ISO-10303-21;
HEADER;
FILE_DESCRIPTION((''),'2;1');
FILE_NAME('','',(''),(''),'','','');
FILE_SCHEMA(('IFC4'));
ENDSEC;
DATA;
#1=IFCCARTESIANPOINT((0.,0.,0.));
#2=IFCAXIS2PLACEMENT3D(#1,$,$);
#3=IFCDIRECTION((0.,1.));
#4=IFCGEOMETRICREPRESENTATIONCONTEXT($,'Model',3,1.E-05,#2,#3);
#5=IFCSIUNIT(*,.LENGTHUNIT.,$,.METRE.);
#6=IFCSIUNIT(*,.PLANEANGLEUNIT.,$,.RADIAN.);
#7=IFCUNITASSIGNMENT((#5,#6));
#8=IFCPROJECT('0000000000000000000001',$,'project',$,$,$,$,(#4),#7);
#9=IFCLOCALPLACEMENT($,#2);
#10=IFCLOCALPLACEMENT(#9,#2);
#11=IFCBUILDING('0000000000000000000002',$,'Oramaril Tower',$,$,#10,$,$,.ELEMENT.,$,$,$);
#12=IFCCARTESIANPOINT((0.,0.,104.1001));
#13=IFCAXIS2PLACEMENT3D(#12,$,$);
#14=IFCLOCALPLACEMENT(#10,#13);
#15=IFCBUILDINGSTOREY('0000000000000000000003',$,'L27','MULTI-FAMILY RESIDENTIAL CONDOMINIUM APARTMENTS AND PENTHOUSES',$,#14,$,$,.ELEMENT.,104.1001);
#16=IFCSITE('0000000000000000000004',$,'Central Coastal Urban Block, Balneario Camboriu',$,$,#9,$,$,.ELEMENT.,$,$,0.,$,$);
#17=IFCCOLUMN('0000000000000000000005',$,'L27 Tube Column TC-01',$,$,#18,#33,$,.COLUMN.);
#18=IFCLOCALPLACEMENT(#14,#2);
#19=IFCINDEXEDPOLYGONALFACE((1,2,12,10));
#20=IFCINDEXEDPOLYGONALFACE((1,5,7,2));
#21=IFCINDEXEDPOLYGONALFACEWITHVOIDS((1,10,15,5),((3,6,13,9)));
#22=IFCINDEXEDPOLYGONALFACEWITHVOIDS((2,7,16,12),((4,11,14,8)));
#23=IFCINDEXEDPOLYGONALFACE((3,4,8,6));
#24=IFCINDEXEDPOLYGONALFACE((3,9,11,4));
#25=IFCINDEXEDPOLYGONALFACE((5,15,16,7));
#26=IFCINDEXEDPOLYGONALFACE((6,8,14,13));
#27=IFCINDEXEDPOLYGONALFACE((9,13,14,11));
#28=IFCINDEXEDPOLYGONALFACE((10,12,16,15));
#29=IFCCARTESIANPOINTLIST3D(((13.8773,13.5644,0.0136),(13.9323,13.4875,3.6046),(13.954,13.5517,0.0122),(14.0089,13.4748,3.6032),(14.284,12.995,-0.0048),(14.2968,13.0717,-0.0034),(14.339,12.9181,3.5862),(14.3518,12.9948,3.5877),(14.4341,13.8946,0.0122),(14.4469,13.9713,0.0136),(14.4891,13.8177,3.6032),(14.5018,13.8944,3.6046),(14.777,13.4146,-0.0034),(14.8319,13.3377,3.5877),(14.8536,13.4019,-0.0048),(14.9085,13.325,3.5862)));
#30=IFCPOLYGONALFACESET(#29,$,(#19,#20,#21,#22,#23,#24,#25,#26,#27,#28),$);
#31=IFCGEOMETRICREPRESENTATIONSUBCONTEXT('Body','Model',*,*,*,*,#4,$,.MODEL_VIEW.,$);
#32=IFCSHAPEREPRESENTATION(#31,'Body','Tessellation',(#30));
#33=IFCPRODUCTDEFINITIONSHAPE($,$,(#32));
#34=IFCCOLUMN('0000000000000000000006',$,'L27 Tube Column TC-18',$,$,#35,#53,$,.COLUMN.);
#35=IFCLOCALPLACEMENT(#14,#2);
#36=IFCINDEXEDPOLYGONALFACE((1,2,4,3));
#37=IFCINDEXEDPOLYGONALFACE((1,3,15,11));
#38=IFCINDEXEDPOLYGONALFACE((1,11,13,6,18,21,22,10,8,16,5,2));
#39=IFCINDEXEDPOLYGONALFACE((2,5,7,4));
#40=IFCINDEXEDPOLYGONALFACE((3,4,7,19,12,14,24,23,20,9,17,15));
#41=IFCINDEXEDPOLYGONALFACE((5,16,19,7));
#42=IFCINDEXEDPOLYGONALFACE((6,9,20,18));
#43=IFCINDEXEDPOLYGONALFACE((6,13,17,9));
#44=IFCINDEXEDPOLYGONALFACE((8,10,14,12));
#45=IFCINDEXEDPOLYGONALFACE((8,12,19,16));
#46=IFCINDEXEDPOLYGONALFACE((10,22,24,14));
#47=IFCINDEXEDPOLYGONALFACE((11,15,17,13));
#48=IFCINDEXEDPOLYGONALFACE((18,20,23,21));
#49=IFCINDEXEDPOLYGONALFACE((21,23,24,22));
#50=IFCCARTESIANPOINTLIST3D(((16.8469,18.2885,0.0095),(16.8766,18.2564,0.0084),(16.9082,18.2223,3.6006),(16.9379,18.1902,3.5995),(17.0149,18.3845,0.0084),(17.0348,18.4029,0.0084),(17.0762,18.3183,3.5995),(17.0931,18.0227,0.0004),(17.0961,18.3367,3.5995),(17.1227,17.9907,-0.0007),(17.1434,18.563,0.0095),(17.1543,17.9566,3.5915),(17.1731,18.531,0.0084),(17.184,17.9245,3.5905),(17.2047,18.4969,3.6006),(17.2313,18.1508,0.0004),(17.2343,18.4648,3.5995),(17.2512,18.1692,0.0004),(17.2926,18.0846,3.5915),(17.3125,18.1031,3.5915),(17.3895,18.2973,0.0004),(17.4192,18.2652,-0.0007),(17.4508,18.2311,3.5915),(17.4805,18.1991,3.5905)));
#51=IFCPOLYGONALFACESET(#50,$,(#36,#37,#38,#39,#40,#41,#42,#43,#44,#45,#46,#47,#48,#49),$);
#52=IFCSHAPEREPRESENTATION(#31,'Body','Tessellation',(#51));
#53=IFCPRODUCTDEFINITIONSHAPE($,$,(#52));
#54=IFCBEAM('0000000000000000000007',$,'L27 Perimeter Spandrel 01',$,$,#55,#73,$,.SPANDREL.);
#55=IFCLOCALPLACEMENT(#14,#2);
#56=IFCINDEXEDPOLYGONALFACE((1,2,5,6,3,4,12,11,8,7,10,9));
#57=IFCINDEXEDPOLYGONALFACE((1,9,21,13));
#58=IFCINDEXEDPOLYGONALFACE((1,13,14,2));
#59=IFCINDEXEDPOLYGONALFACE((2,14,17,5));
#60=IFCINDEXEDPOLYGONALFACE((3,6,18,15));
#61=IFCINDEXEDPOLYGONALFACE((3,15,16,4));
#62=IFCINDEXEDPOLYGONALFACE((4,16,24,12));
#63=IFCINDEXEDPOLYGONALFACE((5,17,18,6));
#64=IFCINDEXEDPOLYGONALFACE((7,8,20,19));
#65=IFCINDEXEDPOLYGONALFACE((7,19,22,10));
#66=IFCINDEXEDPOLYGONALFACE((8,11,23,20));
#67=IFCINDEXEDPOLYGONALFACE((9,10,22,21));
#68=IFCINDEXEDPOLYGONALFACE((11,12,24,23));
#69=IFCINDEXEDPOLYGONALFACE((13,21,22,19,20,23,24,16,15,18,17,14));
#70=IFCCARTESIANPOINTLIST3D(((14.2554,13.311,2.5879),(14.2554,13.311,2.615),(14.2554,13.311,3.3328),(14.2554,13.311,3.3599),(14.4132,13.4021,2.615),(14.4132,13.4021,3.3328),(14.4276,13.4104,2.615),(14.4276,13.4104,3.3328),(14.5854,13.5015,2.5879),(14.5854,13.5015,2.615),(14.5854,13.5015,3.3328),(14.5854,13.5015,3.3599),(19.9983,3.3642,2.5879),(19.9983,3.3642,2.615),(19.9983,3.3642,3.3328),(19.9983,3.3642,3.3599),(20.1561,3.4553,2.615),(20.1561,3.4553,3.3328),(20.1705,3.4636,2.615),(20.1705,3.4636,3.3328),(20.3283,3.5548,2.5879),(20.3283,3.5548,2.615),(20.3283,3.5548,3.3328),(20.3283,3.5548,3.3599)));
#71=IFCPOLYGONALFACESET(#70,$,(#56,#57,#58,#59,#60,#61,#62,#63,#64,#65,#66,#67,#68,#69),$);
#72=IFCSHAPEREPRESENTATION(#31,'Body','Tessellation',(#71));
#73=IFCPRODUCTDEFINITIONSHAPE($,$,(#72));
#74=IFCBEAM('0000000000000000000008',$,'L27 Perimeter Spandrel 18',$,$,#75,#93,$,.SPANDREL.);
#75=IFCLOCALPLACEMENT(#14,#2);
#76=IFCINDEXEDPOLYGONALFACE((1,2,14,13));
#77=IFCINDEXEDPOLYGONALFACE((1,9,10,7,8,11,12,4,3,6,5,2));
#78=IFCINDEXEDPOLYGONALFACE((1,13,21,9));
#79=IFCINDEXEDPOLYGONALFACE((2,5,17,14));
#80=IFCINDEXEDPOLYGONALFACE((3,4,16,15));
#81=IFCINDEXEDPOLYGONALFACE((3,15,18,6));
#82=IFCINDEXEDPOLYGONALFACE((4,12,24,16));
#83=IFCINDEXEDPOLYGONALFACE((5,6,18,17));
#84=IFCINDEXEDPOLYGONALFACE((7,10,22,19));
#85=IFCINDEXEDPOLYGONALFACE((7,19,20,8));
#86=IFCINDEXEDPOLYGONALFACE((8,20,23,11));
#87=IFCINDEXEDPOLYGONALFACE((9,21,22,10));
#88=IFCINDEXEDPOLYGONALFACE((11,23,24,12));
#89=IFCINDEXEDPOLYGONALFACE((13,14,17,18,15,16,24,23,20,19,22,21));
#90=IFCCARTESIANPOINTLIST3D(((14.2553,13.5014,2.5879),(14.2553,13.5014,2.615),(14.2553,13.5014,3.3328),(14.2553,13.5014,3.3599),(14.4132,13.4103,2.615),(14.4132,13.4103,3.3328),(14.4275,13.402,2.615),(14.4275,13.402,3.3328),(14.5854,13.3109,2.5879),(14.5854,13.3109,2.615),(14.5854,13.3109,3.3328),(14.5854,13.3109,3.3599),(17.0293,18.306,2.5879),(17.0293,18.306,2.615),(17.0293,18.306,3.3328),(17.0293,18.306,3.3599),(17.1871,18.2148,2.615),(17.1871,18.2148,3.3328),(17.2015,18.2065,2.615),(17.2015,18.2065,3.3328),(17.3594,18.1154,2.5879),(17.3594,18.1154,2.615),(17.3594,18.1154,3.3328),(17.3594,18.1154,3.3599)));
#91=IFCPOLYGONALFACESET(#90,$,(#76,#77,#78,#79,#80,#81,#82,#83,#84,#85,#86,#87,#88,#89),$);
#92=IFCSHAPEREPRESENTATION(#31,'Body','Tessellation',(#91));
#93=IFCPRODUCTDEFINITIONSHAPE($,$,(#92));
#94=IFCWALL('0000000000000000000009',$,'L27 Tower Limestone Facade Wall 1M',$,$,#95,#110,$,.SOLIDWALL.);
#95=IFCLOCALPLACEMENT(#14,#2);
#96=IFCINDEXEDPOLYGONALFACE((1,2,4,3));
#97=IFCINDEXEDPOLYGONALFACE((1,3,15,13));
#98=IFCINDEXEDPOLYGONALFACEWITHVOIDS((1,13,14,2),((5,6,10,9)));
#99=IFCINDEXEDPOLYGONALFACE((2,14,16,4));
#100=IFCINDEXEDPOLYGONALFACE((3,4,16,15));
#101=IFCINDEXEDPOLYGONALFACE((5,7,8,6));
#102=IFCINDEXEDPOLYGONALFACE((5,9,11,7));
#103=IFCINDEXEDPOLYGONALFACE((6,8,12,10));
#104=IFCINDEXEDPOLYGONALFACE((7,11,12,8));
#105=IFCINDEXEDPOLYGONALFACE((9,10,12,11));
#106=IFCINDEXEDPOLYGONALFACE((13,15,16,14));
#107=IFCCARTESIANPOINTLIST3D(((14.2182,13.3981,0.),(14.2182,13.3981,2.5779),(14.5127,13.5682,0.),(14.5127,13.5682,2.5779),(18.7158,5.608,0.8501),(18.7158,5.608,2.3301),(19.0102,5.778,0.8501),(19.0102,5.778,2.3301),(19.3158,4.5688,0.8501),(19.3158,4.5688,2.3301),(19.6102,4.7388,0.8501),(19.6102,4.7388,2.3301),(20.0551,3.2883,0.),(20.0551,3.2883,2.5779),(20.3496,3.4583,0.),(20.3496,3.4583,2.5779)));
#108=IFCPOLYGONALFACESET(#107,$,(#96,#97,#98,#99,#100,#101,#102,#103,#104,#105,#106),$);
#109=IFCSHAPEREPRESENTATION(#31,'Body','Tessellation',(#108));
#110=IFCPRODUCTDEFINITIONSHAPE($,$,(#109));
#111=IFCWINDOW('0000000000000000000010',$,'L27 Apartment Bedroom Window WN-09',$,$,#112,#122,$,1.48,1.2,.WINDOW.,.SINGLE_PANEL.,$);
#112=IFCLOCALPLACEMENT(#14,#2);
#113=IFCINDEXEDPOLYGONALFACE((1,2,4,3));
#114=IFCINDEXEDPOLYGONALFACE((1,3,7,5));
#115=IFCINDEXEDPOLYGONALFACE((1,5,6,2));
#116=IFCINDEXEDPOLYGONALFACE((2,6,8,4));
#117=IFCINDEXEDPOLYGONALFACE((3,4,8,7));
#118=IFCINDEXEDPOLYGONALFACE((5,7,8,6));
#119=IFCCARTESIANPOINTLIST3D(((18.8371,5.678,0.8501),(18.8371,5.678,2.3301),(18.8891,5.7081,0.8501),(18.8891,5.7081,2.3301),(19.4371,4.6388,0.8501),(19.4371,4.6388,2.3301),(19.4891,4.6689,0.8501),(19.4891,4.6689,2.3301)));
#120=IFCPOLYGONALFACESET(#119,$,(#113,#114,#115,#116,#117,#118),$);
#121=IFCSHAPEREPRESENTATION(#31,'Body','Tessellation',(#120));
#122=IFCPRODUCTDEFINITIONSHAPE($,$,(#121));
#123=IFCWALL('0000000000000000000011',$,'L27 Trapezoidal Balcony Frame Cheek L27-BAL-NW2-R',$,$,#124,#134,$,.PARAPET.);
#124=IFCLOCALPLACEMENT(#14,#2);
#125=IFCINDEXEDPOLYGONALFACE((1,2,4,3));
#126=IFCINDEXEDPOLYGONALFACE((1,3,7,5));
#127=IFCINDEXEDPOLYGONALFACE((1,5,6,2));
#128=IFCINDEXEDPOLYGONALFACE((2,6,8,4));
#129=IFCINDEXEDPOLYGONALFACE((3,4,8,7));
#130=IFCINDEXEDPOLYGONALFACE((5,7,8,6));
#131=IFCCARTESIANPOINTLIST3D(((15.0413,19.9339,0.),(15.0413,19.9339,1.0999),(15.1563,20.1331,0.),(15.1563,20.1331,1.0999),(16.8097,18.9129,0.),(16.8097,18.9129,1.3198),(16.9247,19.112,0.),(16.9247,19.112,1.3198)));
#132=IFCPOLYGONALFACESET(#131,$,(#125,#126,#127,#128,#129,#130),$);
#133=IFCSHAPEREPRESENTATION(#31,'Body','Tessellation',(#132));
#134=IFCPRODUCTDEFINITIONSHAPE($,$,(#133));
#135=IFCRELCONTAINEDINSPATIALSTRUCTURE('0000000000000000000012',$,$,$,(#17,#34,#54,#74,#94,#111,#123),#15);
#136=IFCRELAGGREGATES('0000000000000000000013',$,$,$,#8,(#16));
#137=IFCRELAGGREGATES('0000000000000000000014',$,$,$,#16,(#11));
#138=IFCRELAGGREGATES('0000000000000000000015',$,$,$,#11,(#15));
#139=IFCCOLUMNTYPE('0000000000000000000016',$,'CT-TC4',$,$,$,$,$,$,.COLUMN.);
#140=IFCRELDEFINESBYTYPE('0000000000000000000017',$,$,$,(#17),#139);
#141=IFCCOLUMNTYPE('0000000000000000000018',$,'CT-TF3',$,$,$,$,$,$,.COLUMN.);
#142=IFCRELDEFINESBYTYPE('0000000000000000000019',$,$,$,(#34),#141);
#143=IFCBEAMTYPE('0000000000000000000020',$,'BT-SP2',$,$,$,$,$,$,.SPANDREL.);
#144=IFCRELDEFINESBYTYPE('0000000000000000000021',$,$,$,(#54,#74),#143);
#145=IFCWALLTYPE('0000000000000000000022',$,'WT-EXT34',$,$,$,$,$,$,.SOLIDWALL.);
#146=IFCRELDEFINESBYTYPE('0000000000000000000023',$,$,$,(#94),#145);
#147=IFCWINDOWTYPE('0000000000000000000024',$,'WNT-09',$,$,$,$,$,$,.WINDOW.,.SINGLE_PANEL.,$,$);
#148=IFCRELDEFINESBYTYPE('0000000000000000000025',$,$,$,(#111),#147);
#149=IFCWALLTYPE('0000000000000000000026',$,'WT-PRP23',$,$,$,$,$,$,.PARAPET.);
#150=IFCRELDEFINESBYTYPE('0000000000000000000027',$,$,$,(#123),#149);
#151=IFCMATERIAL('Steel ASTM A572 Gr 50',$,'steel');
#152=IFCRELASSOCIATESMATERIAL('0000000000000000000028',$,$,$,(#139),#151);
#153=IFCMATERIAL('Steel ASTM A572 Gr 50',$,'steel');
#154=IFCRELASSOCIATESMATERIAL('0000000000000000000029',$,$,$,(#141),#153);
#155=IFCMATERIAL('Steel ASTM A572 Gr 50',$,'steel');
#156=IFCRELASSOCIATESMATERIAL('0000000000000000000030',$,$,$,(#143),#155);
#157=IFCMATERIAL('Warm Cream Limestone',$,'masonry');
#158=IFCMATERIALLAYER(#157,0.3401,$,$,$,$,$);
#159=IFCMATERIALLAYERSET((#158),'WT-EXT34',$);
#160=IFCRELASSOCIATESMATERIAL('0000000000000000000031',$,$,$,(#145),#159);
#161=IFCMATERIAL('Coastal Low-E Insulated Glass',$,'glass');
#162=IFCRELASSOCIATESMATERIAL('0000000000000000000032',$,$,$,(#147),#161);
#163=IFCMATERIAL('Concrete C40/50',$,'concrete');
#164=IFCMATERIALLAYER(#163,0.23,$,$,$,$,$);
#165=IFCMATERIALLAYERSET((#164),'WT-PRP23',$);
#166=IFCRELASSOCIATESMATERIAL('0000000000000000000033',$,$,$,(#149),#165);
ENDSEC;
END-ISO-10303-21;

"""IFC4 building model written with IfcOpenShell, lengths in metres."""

from ifc_helpers import new_model, si_unit, direction, frame, frame_2d, origin, origin_2d, place, context, subcontext, project, spatial, polyline, rectangle, hollow_rectangle, i_section, outline, extrude, material, layer, layer_set, material_profile, profile_set, type_object, element, fill, save


model = new_model("IFC4")

# Units and contexts
model_context = context("Model", 3, precision=1e-05, world=origin(), true_north=direction((0.0, 1.0)))
body_context = subcontext(model_context, "Body", "Model", "MODEL_VIEW")
ifc_project = project(units=[si_unit("LENGTHUNIT", "METRE"), si_unit("PLANEANGLEUNIT", "RADIAN")], contexts=[model_context])

# Site, building, storey
site_placement = place(None, origin())
site = spatial("IfcSite", under=ifc_project, at=site_placement, Name="Central Coastal Urban Block, Balneario Camboriu", CompositionType="ELEMENT", RefElevation=0.0)
building_placement = place(site_placement, origin())
building = spatial("IfcBuilding", under=site, at=building_placement, Name="Oramaril Tower", CompositionType="ELEMENT")
storey_placement = place(building_placement, frame((0.0, 0.0, 104.1001)))
storey = spatial("IfcBuildingStorey", under=building, at=storey_placement, Name="L27", Description="MULTI-FAMILY RESIDENTIAL CONDOMINIUM APARTMENTS AND PENTHOUSES", CompositionType="ELEMENT", Elevation=104.1001)

# Columns
ifc_material_1 = material(Name="Steel ASTM A572 Gr 50", Category="steel")
ifc_material_profile_1 = material_profile(ifc_material_1, hollow_rectangle(XDim=0.7, YDim=0.7, WallThickness=0.0549, at=origin_2d()), Name="BOX700X700X55")
ifc_profile_set_1 = profile_set([ifc_material_profile_1], Name="Steel ASTM A572 Gr 50")
column_type_1 = type_object("IfcColumnType", Name="CT-TC4", PredefinedType="COLUMN", material=ifc_profile_set_1)
column_1_placement = place(storey_placement, frame((14.3655, 13.4832, 0.0044), z_axis=(0.015291, -0.021408, 0.999654), x_axis=(0.813733, 0.581238, 0.0)))
element("IfcColumn", 1, at=column_1_placement, inside=storey, type_object=column_type_1, Name="L27 Tube Column TC-01", PredefinedType="COLUMN", context=body_context, shape_type="SweptSolid", body=[
    extrude(hollow_rectangle(XDim=0.7, YDim=0.7, WallThickness=0.0549, at=origin_2d()), origin(), (0.0, 0.0, 1.0), 3.5923),
])
ifc_material_2 = material(Name="Steel ASTM A572 Gr 50", Category="steel")
ifc_material_profile_2 = material_profile(ifc_material_2, i_section(OverallWidth=0.4041, OverallDepth=0.406, WebThickness=0.0271, FlangeThickness=0.0437, at=origin_2d()), Name="W14X233")
ifc_profile_set_2 = profile_set([ifc_material_profile_2], Name="Steel ASTM A572 Gr 50")
column_type_2 = type_object("IfcColumnType", Name="CT-TF3", PredefinedType="COLUMN", material=ifc_profile_set_2)
column_2_placement = place(storey_placement, frame((17.1331, 18.2769, 0.0044), z_axis=(0.017059, -0.018418, 0.999685), x_axis=(0.733661, 0.679516, 0.0)))
element("IfcColumn", 2, at=column_2_placement, inside=storey, type_object=column_type_2, Name="L27 Tube Column TC-18", PredefinedType="COLUMN", context=body_context, shape_type="SweptSolid", body=[
    extrude(i_section(OverallWidth=0.4041, OverallDepth=0.406, WebThickness=0.0271, FlangeThickness=0.0437, at=origin_2d()), origin(), (0.0, 0.0, 1.0), 3.5923),
])

# Beams
ifc_material_3 = material(Name="Steel ASTM A572 Gr 50", Category="steel")
ifc_material_profile_3 = material_profile(ifc_material_3, i_section(OverallWidth=0.3811, OverallDepth=0.772, WebThickness=0.0166, FlangeThickness=0.0271, at=origin_2d()), Name="W30X173")
ifc_profile_set_3 = profile_set([ifc_material_profile_3], Name="Steel ASTM A572 Gr 50")
beam_type = type_object("IfcBeamType", Name="BT-SP2", PredefinedType="SPANDREL", material=ifc_profile_set_3)
beam_1_placement = place(storey_placement, frame((14.4204, 13.4062, 2.9739), z_axis=(0.500009, -0.86602, 0.0), x_axis=(0.86602, 0.500009, 0.0)))
element("IfcBeam", 3, at=beam_1_placement, inside=storey, type_object=beam_type, Name="L27 Perimeter Spandrel 01", PredefinedType="SPANDREL", context=body_context, shape_type="SweptSolid", body=[
    extrude(i_section(OverallWidth=0.3811, OverallDepth=0.772, WebThickness=0.0166, FlangeThickness=0.0271, at=origin_2d()), origin(), (0.0, 0.0, 1.0), 11.4856),
])
beam_2_placement = place(storey_placement, frame((17.1943, 18.2107, 2.9739), z_axis=(-0.500011, -0.866019, 0.0), x_axis=(0.866019, -0.500011, 0.0)))
element("IfcBeam", 4, at=beam_2_placement, inside=storey, type_object=beam_type, Name="L27 Perimeter Spandrel 18", PredefinedType="SPANDREL", context=body_context, shape_type="SweptSolid", body=[
    extrude(i_section(OverallWidth=0.3811, OverallDepth=0.772, WebThickness=0.0166, FlangeThickness=0.0271, at=origin_2d()), origin(), (0.0, 0.0, 1.0), 5.5479),
])

# Wall, opening, window
ifc_material_4 = material(Name="Warm Cream Limestone", Category="masonry")
ifc_layer_1 = layer(ifc_material_4, 0.3401)
ifc_layer_set_1 = layer_set([ifc_layer_1], Name="WT-EXT34")
wall_type_1 = type_object("IfcWallType", Name="WT-EXT34", PredefinedType="SOLIDWALL", material=ifc_layer_set_1)
wall_1_placement = place(storey_placement, frame((14.3655, 13.4832, 0.0), z_axis=(0.0, 0.0, 1.0), x_axis=(0.499999, -0.866026, 0.0)))
wall_1 = element("IfcWall", 5, at=wall_1_placement, inside=storey, type_object=wall_type_1, Name="L27 Tower Limestone Facade Wall 1M", PredefinedType="SOLIDWALL", context=body_context, shape_type="SweptSolid", body=[
    extrude(rectangle(XDim=11.6738, YDim=0.3401, at=frame_2d((5.8369, 0.0))), origin(), (0.0, 0.0, 1.0), 2.5779),
])
opening_1_placement = place(wall_1_placement, frame((8.9951, 0.0, 0.8501)))
opening_1 = element("IfcOpeningElement", 6, at=opening_1_placement, cuts=wall_1, PredefinedType="OPENING", context=body_context, shape_type="SweptSolid", body=[
    extrude(rectangle(XDim=1.2, YDim=1.48, at=frame_2d((0.6001, 0.74))), frame((0.0, 0.1699, 0.0), z_axis=(0.0, -1.0, 0.0), x_axis=(1.0, 0.0, 0.0)), (0.0, 0.0, 1.0), 0.3401),
])
ifc_material_5 = material(Name="Coastal Low-E Insulated Glass", Category="glass")
window_type = type_object("IfcWindowType", Name="WNT-09", PartitioningType="SINGLE_PANEL", PredefinedType="WINDOW", material=ifc_material_5)
window_placement = place(opening_1_placement, origin())
window = element("IfcWindow", 7, at=window_placement, inside=storey, type_object=window_type, Name="L27 Apartment Bedroom Window WN-09", OverallHeight=1.48, OverallWidth=1.2, PartitioningType="SINGLE_PANEL", PredefinedType="WINDOW", context=body_context, shape_type="SweptSolid", body=[
    extrude(rectangle(XDim=1.2, YDim=1.48, at=frame_2d((0.6001, 0.74))), frame((0.0, 0.03, 0.0), z_axis=(0.0, -1.0, 0.0), x_axis=(1.0, 0.0, 0.0)), (0.0, 0.0, 1.0), 0.0601),
])
fill(opening_1, window)

# Wall
ifc_material_6 = material(Name="Concrete C40/50", Category="concrete")
ifc_layer_2 = layer(ifc_material_6, 0.23)
ifc_layer_set_2 = layer_set([ifc_layer_2], Name="WT-PRP23")
wall_type_2 = type_object("IfcWallType", Name="WT-PRP23", PredefinedType="PARAPET", material=ifc_layer_set_2)
wall_2_placement = place(storey_placement, frame((16.8672, 19.0125, 0.0), z_axis=(0.0, 0.0, 1.0), x_axis=(-0.866012, 0.500023, 0.0)))
element("IfcWall", 8, at=wall_2_placement, inside=storey, type_object=wall_type_2, Name="L27 Trapezoidal Balcony Frame Cheek L27-BAL-NW2-R", PredefinedType="PARAPET", context=body_context, shape_type="SweptSolid", body=[
    extrude(outline(polyline([(0.0, 0.0), (2.042, 0.0), (2.042, 1.0999), (0.0, 1.3198), (0.0, 0.0)])), frame((0.0, 0.115, 0.0), z_axis=(0.0, -1.0, 0.0), x_axis=(1.0, 0.0, 0.0)), (0.0, 0.0, 1.0), 0.23),
])

save(model, "model.ifc")
